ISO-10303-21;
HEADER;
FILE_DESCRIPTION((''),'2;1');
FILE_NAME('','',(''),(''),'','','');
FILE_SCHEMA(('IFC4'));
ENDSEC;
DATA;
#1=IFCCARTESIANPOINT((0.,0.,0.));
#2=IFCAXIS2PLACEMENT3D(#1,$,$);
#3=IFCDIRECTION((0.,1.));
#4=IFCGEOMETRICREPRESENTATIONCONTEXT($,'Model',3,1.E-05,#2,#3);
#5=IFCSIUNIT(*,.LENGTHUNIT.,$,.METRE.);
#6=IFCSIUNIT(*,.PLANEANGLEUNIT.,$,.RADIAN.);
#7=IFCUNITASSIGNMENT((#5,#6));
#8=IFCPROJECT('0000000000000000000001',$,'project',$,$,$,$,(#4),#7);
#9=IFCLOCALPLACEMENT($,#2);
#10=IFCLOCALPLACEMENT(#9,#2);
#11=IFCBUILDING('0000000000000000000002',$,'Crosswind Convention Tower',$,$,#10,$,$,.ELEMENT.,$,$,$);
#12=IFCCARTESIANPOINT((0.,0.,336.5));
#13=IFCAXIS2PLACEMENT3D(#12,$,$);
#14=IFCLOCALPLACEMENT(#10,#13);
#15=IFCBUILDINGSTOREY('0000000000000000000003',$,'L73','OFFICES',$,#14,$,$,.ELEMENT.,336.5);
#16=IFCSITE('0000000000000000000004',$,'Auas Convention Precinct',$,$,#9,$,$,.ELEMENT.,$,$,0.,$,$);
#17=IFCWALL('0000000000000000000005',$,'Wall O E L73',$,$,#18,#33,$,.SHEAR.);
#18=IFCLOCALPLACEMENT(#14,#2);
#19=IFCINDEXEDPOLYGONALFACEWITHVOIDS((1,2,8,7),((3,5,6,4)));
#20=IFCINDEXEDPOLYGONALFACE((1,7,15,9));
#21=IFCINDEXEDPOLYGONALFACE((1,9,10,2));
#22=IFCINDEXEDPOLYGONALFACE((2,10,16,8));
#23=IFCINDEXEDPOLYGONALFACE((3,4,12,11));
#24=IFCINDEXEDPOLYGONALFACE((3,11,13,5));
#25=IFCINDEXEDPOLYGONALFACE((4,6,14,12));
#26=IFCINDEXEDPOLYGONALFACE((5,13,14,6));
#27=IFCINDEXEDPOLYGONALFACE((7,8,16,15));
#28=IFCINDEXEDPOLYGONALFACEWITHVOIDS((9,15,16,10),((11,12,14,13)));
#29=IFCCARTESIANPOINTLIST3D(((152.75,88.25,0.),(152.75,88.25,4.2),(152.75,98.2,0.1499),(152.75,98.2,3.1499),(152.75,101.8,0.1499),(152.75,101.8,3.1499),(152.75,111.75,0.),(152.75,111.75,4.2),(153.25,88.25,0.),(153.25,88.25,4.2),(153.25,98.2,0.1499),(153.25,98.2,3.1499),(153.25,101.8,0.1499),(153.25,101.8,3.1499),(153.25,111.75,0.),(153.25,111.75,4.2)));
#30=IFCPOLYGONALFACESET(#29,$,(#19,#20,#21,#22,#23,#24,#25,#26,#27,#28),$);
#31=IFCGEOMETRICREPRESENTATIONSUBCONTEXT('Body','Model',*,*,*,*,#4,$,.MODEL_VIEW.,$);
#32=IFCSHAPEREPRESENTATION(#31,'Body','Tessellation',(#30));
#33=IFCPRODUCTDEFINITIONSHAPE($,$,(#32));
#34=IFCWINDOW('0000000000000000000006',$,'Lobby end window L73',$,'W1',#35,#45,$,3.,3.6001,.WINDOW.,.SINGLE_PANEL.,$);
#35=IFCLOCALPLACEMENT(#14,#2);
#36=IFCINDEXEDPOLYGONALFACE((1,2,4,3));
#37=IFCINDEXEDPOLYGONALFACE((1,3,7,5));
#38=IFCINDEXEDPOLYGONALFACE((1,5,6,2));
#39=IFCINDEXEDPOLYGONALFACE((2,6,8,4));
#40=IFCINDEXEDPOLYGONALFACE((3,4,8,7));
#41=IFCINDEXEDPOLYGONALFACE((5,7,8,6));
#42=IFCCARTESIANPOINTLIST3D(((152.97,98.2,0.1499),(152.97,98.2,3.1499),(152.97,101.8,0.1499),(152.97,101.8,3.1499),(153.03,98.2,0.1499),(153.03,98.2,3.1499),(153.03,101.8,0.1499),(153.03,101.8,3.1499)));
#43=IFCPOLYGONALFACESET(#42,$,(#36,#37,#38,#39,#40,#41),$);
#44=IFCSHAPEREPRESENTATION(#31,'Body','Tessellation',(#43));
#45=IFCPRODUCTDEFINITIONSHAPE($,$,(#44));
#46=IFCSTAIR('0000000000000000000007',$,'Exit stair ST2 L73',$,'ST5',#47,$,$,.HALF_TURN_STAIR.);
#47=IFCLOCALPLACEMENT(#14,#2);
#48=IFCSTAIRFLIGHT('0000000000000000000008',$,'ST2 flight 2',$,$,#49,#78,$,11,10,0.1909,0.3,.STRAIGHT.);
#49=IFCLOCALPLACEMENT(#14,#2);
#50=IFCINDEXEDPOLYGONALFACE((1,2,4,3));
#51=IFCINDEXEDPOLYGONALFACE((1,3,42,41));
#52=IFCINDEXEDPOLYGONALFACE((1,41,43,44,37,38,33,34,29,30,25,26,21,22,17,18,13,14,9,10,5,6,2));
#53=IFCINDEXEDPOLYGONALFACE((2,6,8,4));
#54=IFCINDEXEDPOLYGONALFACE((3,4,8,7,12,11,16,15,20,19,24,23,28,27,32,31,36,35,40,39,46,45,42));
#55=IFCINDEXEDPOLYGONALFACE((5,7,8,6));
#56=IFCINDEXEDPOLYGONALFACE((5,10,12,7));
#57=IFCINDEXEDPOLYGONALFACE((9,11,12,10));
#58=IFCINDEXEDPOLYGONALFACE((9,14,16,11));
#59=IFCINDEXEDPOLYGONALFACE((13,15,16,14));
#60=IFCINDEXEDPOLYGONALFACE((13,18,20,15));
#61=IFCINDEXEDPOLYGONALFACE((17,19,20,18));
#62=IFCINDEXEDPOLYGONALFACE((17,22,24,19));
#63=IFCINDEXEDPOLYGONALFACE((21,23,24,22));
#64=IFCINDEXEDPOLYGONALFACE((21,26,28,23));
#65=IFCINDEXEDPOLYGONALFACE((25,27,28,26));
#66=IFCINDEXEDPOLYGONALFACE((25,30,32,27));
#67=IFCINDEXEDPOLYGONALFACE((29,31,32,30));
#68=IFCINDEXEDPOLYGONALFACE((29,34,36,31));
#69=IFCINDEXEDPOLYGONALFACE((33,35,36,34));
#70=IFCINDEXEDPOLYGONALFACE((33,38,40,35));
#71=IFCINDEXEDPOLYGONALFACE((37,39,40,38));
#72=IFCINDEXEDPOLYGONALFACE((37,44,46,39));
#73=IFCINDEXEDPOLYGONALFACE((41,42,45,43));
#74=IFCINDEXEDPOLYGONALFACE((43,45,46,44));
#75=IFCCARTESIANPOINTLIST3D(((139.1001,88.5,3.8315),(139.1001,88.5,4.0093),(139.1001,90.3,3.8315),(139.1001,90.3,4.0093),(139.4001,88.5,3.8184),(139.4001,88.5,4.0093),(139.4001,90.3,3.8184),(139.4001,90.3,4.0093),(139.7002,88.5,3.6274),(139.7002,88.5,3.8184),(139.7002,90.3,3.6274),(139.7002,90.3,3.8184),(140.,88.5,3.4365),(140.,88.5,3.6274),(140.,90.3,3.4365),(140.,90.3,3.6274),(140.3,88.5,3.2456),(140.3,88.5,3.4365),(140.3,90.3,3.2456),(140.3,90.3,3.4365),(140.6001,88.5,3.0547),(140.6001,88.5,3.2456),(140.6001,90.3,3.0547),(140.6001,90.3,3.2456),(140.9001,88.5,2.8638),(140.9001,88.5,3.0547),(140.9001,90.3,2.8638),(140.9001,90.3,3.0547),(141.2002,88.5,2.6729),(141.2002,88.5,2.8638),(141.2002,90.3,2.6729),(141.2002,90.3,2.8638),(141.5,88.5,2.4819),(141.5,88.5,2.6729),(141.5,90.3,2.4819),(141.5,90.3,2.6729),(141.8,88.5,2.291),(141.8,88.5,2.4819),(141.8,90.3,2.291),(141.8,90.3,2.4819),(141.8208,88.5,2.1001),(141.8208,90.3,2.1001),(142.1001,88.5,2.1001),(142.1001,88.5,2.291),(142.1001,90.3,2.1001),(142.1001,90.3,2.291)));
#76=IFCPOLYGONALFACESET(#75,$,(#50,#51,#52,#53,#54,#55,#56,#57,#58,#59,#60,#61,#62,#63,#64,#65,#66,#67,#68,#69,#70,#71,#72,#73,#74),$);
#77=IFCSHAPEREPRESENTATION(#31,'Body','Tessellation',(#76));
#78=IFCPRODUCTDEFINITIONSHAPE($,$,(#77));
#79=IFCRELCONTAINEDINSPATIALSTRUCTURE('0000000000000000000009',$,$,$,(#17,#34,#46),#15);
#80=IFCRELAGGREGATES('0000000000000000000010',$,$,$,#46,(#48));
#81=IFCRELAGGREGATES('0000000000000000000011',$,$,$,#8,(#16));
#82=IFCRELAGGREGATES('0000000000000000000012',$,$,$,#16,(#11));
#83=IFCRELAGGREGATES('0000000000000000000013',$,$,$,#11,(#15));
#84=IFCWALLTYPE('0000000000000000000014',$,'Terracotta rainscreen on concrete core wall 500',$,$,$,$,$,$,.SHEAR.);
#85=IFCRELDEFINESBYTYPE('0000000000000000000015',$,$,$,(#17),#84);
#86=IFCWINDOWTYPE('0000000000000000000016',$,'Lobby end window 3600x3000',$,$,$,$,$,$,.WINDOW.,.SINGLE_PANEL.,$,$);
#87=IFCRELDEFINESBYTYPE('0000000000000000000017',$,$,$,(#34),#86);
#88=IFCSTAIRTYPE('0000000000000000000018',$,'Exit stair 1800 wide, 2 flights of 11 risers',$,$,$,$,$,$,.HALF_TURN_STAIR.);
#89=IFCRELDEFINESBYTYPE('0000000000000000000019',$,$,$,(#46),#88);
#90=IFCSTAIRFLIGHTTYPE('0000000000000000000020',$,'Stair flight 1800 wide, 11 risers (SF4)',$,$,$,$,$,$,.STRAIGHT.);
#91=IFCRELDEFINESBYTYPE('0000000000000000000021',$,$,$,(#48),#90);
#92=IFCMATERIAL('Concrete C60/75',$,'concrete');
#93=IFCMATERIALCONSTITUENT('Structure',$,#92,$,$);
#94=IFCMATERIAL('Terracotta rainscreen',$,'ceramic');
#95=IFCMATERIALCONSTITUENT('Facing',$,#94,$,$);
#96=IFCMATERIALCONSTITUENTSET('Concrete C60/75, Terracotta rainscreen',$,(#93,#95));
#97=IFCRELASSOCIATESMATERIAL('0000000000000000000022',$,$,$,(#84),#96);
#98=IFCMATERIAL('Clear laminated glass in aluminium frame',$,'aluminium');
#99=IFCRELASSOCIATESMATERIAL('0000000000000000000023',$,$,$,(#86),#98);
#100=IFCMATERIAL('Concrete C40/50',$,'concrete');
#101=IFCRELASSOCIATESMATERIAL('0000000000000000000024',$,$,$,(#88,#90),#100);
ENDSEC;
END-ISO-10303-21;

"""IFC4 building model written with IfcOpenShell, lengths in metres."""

from ifc_helpers import new_model, si_unit, direction, frame, frame_2d, origin, place, context, subcontext, project, spatial, polyline, rectangle, outline, extrude, material, constituent, constituent_set, type_object, element, fill, aggregate, save


model = new_model("IFC4")

# Units and contexts
model_context = context("Model", 3, precision=1e-05, world=origin(), true_north=direction((0.0, 1.0)))
body_context = subcontext(model_context, "Body", "Model", "MODEL_VIEW")
ifc_project = project(units=[si_unit("LENGTHUNIT", "METRE"), si_unit("PLANEANGLEUNIT", "RADIAN")], contexts=[model_context])

# Site, building, storey
site_placement = place(None, origin())
site = spatial("IfcSite", under=ifc_project, at=site_placement, Name="Auas Convention Precinct", CompositionType="ELEMENT", RefElevation=0.0)
building_placement = place(site_placement, origin())
building = spatial("IfcBuilding", under=site, at=building_placement, Name="Crosswind Convention Tower", CompositionType="ELEMENT")
storey_placement = place(building_placement, frame((0.0, 0.0, 336.5)))
storey = spatial("IfcBuildingStorey", under=building, at=storey_placement, Name="L73", Description="OFFICES", CompositionType="ELEMENT", Elevation=336.5)

# Wall, opening, window
ifc_material_1 = material(Name="Concrete C60/75", Category="concrete")
ifc_constituent_1 = constituent(ifc_material_1, Name="Structure")
ifc_material_2 = material(Name="Terracotta rainscreen", Category="ceramic")
ifc_constituent_2 = constituent(ifc_material_2, Name="Facing")
ifc_constituent_set = constituent_set(constituents=[ifc_constituent_1, ifc_constituent_2], Name="Concrete C60/75, Terracotta rainscreen")
wall_type_1 = type_object("IfcWallType", Name="Terracotta rainscreen on concrete core wall 500", PredefinedType="SHEAR", material=ifc_constituent_set)
wall_1_placement = place(storey_placement, frame((153.0, 88.25, 0.0), z_axis=(0.0, 0.0, 1.0), x_axis=(0.0, 1.0, 0.0)))
wall_1 = element("IfcWall", 1, at=wall_1_placement, inside=storey, type_object=wall_type_1, Name="Wall O E L73", PredefinedType="SHEAR", context=body_context, shape_type="SweptSolid", body=[
    extrude(rectangle(XDim=23.5, YDim=0.5, at=frame_2d((11.75, 0.0))), origin(), (0.0, 0.0, 1.0), 4.2),
])
opening_1_placement = place(wall_1_placement, frame((9.95, 0.0, 0.1499)))
opening_1 = element("IfcOpeningElement", 2, at=opening_1_placement, cuts=wall_1, PredefinedType="OPENING", context=body_context, shape_type="SweptSolid", body=[
    extrude(rectangle(XDim=3.6001, YDim=3.0, at=frame_2d((1.8, 1.5))), frame((0.0, 0.26, 0.0), z_axis=(0.0, -1.0, 0.0), x_axis=(1.0, 0.0, 0.0)), (0.0, 0.0, 1.0), 0.52),
])
ifc_material_3 = material(Name="Clear laminated glass in aluminium frame", Category="aluminium")
window_type = type_object("IfcWindowType", Name="Lobby end window 3600x3000", PartitioningType="SINGLE_PANEL", PredefinedType="WINDOW", material=ifc_material_3)
window_placement = place(opening_1_placement, origin())
window = element("IfcWindow", 3, at=window_placement, inside=storey, type_object=window_type, Name="Lobby end window L73", ObjectType="W1", OverallHeight=3.0, OverallWidth=3.6001, PartitioningType="SINGLE_PANEL", PredefinedType="WINDOW", context=body_context, shape_type="SweptSolid", body=[
    extrude(rectangle(XDim=3.6001, YDim=3.0, at=frame_2d((1.8, 1.5))), frame((0.0, 0.03, 0.0), z_axis=(0.0, -1.0, 0.0), x_axis=(1.0, 0.0, 0.0)), (0.0, 0.0, 1.0), 0.0601),
])
fill(opening_1, window)

# Stair, stair flight
ifc_material_4 = material(Name="Concrete C40/50", Category="concrete")
stair_type = type_object("IfcStairType", Name="Exit stair 1800 wide, 2 flights of 11 risers", PredefinedType="HALF_TURN_STAIR", material=ifc_material_4)
stair_placement = place(storey_placement, origin())
stair = element("IfcStair", 4, at=stair_placement, inside=storey, type_object=stair_type, Name="Exit stair ST2 L73", ObjectType="ST5", PredefinedType="HALF_TURN_STAIR")
stair_flight_type = type_object("IfcStairFlightType", Name="Stair flight 1800 wide, 11 risers (SF4)", PredefinedType="STRAIGHT", material=ifc_material_4)
stair_flight_placement = place(storey_placement, frame((142.1001, 89.3999, 2.1001), z_axis=(0.0, 0.0, 1.0), x_axis=(-1.0, 0.0, 0.0)))
stair_flight = element("IfcStairFlight", 5, at=stair_flight_placement, type_object=stair_flight_type, Name="ST2 flight 2", NumberOfRisers=11, NumberOfTreads=10, PredefinedType="STRAIGHT", RiserHeight=0.1909, TreadLength=0.3, context=body_context, shape_type="SweptSolid", body=[
    extrude(outline(polyline([(0.0, 0.0), (0.0, 0.1909), (0.3, 0.1909), (0.3, 0.3818), (0.6001, 0.3818), (0.6001, 0.5728), (0.8999, 0.5728), (0.8999, 0.7637), (1.2, 0.7637), (1.2, 0.9546), (1.5, 0.9546), (1.5, 1.1455), (1.8, 1.1455), (1.8, 1.3364), (2.1001, 1.3364), (2.1001, 1.5273), (2.3999, 1.5273), (2.3999, 1.7183), (2.7, 1.7183), (2.7, 1.9092), (3.0, 1.9092), (3.0, 2.1001), (3.0, 1.7314), (0.2793, 0.0), (0.0, 0.0)])), frame((0.0, 0.8999, 0.0), z_axis=(0.0, -1.0, 0.0), x_axis=(1.0, 0.0, 0.0)), (0.0, 0.0, 1.0), 1.8),
])
aggregate(stair, [stair_flight])

save(model, "model.ifc")
